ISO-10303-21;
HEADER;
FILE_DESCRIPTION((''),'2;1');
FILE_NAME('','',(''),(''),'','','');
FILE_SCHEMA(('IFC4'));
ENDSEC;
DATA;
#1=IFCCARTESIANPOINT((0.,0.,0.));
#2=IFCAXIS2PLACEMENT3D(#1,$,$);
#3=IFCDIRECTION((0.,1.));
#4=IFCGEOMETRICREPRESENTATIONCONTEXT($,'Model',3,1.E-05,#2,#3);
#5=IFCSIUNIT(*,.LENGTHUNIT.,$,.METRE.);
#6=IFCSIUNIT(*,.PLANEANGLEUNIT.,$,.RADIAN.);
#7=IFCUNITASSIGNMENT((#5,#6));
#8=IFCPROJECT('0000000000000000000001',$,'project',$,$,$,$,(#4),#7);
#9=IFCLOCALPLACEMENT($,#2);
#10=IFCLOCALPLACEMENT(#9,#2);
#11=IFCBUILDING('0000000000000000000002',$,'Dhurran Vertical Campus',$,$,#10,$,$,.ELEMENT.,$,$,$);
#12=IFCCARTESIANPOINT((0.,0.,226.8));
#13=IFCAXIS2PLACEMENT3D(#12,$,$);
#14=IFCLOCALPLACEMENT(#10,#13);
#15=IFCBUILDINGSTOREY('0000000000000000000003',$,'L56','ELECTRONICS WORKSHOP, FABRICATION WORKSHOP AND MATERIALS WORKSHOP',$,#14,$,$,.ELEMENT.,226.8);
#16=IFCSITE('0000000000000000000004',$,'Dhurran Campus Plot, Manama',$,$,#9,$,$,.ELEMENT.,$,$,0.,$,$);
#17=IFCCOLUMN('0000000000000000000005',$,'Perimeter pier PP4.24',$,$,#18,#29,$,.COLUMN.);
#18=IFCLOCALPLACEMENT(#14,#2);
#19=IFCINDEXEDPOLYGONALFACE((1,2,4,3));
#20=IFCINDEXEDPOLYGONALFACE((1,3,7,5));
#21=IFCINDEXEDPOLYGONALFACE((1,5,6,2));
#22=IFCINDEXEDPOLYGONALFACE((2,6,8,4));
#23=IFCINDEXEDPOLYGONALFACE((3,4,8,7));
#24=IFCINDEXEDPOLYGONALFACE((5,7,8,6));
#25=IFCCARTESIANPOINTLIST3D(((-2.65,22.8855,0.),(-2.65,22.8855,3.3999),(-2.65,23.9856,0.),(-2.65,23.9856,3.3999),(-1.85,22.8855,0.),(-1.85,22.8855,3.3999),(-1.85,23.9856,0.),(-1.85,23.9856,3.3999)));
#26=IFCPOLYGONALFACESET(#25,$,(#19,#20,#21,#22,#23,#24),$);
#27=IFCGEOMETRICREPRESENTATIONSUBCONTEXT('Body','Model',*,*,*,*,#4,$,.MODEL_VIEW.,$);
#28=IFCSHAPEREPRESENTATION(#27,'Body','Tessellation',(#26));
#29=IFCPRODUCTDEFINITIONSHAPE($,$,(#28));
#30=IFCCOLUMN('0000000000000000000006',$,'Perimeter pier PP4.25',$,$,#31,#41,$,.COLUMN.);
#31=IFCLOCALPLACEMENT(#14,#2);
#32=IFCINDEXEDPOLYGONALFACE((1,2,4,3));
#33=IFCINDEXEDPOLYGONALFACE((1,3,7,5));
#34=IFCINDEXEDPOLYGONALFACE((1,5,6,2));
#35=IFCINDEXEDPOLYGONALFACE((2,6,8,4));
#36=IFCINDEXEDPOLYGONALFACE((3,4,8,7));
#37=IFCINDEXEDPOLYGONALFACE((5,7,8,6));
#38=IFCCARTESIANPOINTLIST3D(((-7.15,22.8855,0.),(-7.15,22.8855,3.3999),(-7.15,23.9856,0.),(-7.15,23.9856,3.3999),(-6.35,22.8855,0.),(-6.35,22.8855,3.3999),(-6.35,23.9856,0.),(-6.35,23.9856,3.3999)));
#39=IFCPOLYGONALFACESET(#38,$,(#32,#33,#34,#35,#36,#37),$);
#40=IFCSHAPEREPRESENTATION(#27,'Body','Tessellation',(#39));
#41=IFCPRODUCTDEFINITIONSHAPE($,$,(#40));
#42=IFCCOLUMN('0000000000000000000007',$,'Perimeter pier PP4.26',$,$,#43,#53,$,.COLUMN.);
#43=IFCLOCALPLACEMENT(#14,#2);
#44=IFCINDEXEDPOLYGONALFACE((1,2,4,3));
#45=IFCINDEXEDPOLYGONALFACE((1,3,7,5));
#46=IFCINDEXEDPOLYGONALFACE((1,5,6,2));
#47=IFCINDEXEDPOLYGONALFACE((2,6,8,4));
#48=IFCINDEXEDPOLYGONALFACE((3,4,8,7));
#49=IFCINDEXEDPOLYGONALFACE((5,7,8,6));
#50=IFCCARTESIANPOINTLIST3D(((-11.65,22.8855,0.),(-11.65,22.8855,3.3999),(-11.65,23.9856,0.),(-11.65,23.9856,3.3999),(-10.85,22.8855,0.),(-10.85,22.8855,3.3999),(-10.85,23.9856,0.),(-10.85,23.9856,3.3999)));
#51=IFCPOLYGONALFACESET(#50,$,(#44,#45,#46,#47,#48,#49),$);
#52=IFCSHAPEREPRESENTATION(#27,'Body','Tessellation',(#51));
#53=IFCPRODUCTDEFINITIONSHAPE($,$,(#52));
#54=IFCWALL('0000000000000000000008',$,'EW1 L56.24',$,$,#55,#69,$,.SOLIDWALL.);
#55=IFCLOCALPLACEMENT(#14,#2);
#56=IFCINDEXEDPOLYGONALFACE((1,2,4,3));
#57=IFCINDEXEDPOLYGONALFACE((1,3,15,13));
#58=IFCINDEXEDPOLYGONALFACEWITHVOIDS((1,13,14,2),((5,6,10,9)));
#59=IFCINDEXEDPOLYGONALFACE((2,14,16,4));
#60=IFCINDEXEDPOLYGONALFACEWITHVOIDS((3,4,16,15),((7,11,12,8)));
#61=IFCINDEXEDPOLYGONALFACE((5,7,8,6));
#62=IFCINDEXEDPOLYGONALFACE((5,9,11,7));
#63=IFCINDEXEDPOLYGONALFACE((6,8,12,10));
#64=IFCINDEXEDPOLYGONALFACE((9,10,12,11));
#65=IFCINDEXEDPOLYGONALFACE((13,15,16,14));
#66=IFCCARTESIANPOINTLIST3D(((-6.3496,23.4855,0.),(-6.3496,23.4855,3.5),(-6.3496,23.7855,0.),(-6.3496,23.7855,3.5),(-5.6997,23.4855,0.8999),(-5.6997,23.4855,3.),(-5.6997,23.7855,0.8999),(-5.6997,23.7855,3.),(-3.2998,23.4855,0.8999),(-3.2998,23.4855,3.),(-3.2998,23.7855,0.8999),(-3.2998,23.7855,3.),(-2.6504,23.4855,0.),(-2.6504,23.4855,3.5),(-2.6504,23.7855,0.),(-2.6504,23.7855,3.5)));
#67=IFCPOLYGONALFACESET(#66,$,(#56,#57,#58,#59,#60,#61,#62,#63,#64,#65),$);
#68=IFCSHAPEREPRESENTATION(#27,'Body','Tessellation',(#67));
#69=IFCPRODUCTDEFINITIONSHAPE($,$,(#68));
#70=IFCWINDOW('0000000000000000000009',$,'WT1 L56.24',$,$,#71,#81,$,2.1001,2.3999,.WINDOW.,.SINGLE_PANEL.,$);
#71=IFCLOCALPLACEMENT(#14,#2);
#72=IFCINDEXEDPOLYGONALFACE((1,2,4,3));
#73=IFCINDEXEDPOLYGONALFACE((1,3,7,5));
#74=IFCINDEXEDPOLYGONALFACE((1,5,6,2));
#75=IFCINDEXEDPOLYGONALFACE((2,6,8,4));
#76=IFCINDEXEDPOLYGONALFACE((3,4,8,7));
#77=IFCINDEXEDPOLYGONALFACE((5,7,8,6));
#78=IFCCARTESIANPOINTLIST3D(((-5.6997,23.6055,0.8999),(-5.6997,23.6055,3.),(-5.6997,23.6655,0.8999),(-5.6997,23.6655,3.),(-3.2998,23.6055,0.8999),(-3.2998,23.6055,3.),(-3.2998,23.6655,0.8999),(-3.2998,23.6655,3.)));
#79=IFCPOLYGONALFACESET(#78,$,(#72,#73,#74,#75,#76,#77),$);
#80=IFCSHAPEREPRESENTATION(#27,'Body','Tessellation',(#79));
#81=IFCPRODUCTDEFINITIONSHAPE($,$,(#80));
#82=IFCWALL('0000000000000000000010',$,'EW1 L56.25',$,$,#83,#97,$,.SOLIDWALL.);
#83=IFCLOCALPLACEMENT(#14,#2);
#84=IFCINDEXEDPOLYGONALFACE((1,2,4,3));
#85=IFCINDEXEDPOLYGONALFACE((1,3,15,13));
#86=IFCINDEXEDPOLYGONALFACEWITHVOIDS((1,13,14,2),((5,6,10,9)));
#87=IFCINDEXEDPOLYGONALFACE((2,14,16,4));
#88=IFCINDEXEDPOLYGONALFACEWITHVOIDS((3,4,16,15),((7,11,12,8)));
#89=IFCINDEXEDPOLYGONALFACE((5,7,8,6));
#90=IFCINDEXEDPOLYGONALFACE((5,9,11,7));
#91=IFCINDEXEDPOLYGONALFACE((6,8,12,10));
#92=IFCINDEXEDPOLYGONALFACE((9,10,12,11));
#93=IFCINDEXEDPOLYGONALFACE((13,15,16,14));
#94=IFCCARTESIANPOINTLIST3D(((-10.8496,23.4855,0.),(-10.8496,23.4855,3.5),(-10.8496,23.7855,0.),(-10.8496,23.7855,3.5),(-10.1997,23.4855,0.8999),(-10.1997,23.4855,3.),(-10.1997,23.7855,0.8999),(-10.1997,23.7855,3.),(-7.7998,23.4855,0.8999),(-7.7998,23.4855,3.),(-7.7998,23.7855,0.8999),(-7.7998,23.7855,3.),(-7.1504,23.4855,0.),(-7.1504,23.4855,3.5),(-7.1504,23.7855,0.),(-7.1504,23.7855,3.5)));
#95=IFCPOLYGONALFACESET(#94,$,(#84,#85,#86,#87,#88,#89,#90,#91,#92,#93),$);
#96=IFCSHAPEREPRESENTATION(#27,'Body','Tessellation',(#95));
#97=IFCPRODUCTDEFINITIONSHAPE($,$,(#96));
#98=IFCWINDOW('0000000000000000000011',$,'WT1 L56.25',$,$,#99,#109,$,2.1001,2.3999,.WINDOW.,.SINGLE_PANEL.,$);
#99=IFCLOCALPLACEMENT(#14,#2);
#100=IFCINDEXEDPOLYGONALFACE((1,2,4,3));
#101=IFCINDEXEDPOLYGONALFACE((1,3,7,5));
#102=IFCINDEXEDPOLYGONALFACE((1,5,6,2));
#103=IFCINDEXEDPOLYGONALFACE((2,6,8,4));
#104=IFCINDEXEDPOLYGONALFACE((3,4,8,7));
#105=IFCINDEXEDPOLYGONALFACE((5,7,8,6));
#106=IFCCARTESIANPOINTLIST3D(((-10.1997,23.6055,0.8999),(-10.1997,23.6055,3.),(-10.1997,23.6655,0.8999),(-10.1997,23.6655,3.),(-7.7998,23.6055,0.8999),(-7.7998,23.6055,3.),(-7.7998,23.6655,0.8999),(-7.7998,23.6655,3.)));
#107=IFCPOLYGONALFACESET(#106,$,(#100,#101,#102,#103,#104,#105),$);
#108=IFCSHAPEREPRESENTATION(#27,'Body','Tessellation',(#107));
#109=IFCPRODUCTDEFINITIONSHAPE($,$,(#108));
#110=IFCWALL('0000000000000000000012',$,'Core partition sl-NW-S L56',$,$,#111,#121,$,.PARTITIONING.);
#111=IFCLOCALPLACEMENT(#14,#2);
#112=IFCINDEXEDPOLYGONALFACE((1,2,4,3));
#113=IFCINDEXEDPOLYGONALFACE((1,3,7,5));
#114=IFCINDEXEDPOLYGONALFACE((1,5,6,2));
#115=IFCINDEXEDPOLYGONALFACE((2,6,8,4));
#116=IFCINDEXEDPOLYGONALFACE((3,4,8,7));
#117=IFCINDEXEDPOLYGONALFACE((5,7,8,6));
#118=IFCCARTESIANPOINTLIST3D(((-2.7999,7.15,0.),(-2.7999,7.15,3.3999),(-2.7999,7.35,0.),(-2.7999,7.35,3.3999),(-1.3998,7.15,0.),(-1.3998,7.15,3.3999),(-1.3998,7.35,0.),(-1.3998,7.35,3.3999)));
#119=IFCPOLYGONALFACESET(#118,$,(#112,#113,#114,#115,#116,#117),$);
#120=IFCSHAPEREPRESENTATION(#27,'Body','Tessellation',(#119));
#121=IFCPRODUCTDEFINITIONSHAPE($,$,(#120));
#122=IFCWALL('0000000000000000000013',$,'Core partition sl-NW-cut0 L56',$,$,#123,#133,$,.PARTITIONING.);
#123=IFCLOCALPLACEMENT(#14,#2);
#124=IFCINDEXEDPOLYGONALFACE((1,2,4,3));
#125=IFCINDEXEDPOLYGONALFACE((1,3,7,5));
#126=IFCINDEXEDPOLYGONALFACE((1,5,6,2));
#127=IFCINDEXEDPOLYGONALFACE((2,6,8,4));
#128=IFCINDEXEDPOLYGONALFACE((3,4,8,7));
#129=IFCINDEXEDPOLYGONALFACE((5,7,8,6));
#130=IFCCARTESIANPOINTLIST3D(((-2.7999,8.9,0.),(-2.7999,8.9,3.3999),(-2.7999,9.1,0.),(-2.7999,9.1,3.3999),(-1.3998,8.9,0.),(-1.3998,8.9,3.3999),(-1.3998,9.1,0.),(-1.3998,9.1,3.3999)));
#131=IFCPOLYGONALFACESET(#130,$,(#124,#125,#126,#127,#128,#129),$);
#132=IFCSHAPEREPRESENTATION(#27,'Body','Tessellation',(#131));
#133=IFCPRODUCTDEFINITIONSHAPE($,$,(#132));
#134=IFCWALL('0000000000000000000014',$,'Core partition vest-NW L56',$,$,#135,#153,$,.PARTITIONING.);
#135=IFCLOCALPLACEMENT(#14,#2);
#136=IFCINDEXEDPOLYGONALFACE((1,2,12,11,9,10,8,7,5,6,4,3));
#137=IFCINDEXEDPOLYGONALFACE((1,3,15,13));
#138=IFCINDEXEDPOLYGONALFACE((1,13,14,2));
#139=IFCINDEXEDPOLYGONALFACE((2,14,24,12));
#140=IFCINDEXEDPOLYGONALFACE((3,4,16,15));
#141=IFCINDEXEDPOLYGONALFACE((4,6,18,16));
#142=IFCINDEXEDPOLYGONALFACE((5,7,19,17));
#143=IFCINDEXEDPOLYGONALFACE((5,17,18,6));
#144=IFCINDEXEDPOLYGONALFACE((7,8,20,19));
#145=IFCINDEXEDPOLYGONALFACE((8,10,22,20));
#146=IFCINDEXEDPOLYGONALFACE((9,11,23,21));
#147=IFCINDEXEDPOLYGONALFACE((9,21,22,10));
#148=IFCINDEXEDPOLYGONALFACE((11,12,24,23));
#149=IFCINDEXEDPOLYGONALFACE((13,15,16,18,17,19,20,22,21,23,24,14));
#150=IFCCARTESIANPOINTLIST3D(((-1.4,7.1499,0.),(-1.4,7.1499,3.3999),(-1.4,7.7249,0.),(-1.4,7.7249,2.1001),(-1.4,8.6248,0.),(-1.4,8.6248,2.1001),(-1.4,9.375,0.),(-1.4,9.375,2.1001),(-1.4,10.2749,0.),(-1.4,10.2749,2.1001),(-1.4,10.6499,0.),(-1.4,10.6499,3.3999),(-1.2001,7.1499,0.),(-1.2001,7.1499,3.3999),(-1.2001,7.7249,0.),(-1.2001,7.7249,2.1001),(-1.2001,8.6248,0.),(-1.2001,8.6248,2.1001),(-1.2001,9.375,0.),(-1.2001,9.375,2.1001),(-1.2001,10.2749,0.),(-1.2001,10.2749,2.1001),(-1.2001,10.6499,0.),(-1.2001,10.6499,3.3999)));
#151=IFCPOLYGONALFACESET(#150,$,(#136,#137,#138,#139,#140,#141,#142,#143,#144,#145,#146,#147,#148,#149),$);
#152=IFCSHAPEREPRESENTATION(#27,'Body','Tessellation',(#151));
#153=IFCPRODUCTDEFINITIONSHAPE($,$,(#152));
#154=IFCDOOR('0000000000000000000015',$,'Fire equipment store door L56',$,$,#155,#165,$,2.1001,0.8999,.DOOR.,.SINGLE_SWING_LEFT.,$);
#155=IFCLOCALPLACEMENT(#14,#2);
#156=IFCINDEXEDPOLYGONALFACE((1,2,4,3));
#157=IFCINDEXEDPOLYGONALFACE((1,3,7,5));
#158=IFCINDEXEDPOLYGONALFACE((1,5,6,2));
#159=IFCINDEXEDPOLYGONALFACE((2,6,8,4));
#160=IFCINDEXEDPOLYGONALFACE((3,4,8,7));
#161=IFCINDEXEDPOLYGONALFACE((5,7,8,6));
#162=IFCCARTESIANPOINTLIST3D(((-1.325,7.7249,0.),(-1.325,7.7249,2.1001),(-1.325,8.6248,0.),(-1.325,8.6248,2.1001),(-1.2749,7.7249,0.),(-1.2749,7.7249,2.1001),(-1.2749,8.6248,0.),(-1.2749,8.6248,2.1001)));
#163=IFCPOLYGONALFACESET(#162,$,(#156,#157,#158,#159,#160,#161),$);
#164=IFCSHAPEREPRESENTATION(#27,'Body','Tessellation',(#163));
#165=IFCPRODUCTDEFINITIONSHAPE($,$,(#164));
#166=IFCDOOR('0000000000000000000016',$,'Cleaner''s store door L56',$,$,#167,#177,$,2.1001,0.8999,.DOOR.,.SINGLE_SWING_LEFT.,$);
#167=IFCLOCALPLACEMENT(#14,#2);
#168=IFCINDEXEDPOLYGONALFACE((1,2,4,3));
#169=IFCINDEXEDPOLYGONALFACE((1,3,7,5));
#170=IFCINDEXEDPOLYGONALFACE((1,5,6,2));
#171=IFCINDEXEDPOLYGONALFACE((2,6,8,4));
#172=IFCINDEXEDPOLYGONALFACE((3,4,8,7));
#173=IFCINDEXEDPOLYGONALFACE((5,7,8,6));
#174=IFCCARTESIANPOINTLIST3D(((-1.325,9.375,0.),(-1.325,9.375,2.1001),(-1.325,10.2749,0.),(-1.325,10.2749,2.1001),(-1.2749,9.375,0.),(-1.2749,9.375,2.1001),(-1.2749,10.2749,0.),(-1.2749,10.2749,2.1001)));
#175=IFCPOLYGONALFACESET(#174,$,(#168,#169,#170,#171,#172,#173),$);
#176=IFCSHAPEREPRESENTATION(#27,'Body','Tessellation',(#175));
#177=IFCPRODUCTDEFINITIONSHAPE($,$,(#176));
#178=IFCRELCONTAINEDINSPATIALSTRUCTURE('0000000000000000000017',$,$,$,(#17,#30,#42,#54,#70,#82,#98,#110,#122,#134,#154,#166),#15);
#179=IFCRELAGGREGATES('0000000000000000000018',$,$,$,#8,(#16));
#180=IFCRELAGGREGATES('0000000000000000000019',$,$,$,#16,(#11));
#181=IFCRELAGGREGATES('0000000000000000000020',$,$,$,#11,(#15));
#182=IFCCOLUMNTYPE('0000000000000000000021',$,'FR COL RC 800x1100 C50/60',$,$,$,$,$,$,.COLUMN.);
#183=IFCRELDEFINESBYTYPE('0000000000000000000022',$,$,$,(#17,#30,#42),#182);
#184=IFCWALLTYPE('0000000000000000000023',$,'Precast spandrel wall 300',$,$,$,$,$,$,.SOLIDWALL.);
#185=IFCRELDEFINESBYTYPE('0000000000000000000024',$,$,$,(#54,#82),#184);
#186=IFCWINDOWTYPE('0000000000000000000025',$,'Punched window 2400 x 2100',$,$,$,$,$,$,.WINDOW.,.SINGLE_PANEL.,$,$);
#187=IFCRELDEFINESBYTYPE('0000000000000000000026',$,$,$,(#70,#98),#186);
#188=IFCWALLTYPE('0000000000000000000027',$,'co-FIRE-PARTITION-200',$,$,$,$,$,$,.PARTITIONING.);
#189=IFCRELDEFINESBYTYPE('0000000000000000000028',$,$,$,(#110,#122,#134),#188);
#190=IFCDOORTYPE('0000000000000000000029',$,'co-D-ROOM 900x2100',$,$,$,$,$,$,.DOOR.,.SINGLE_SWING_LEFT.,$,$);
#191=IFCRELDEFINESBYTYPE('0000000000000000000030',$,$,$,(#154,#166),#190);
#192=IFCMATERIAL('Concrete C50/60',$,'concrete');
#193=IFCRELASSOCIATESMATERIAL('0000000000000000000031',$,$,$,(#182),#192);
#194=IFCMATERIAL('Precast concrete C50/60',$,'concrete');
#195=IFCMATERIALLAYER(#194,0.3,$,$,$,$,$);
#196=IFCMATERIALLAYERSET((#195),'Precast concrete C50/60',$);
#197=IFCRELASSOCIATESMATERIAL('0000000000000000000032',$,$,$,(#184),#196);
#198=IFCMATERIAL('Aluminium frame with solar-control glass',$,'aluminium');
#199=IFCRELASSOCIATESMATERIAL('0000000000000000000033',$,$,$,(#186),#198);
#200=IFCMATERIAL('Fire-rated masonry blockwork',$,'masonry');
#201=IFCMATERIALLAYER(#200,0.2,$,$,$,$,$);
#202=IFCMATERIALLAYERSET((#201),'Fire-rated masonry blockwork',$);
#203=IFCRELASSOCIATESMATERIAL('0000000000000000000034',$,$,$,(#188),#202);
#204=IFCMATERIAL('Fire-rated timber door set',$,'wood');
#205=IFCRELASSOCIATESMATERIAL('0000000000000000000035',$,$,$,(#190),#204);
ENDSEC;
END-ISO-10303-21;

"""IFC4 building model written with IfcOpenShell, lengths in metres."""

from ifc_helpers import new_model, si_unit, direction, frame, frame_2d, origin, origin_2d, place, context, subcontext, project, spatial, rectangle, extrude, material, layer, layer_set, material_profile, profile_set, type_object, element, fill, save


model = new_model("IFC4")

# Units and contexts
model_context = context("Model", 3, precision=1e-05, world=origin(), true_north=direction((0.0, 1.0)))
body_context = subcontext(model_context, "Body", "Model", "MODEL_VIEW")
ifc_project = project(units=[si_unit("LENGTHUNIT", "METRE"), si_unit("PLANEANGLEUNIT", "RADIAN")], contexts=[model_context])

# Site, building, storey
site_placement = place(None, origin())
site = spatial("IfcSite", under=ifc_project, at=site_placement, Name="Dhurran Campus Plot, Manama", CompositionType="ELEMENT", RefElevation=0.0)
building_placement = place(site_placement, origin())
building = spatial("IfcBuilding", under=site, at=building_placement, Name="Dhurran Vertical Campus", CompositionType="ELEMENT")
storey_placement = place(building_placement, frame((0.0, 0.0, 226.8)))
storey = spatial("IfcBuildingStorey", under=building, at=storey_placement, Name="L56", Description="ELECTRONICS WORKSHOP, FABRICATION WORKSHOP AND MATERIALS WORKSHOP", CompositionType="ELEMENT", Elevation=226.8)

# Columns
ifc_material_1 = material(Name="Concrete C50/60", Category="concrete")
ifc_material_profile = material_profile(ifc_material_1, rectangle(XDim=0.8, YDim=1.1001, at=origin_2d()), Name="RC 800x1100")
ifc_profile_set = profile_set([ifc_material_profile], Name="Concrete C50/60")
column_type = type_object("IfcColumnType", Name="FR COL RC 800x1100 C50/60", PredefinedType="COLUMN", material=ifc_profile_set)
for number, where, z_axis, x_axis, name in (
    (1, (-2.25, 23.4355, 0.0), (0.0, 0.0, 1.0), (-1.0, 0.0, 0.0), "Perimeter pier PP4.24"),
    (2, (-6.75, 23.4355, 0.0), (0.0, 0.0, 1.0), (-1.0, 0.0, 0.0), "Perimeter pier PP4.25"),
    (3, (-11.25, 23.4355, 0.0), (0.0, 0.0, 1.0), (-1.0, 0.0, 0.0), "Perimeter pier PP4.26"),
):
    element("IfcColumn", number, at=place(storey_placement, frame(where, z_axis=z_axis, x_axis=x_axis)), inside=storey, type_object=column_type, Name=name, PredefinedType="COLUMN", context=body_context, shape_type="SweptSolid", body=[
        extrude(rectangle(XDim=0.8, YDim=1.1001, at=origin_2d()), origin(), (0.0, 0.0, 1.0), 3.3999),
    ])

# Walls, openings, windows
ifc_material_2 = material(Name="Precast concrete C50/60", Category="concrete")
ifc_layer_1 = layer(ifc_material_2, 0.3)
ifc_layer_set_1 = layer_set([ifc_layer_1], Name="Precast concrete C50/60")
wall_type_1 = type_object("IfcWallType", Name="Precast spandrel wall 300", PredefinedType="SOLIDWALL", material=ifc_layer_set_1)
wall_1_placement = place(storey_placement, frame((-2.6504, 23.6355, 0.0), z_axis=(0.0, 0.0, 1.0), x_axis=(-1.0, 0.0, 0.0)))
wall_1 = element("IfcWall", 4, at=wall_1_placement, inside=storey, type_object=wall_type_1, Name="EW1 L56.24", PredefinedType="SOLIDWALL", context=body_context, shape_type="SweptSolid", body=[
    extrude(rectangle(XDim=3.6992, YDim=0.3, at=frame_2d((1.8496, 0.0))), origin(), (0.0, 0.0, 1.0), 3.5),
])
opening_1_placement = place(wall_1_placement, frame((0.6494, 0.0, 0.8999)))
opening_1 = element("IfcOpeningElement", 5, at=opening_1_placement, cuts=wall_1, PredefinedType="OPENING", context=body_context, shape_type="SweptSolid", body=[
    extrude(rectangle(XDim=2.3999, YDim=2.1001, at=frame_2d((1.2, 1.05))), frame((0.0, 0.1599, 0.0), z_axis=(0.0, -1.0, 0.0), x_axis=(1.0, 0.0, 0.0)), (0.0, 0.0, 1.0), 0.3201),
])
ifc_material_3 = material(Name="Aluminium frame with solar-control glass", Category="aluminium")
window_type = type_object("IfcWindowType", Name="Punched window 2400 x 2100", PartitioningType="SINGLE_PANEL", PredefinedType="WINDOW", material=ifc_material_3)
window_1_placement = place(opening_1_placement, origin())
window_1 = element("IfcWindow", 6, at=window_1_placement, inside=storey, type_object=window_type, Name="WT1 L56.24", OverallHeight=2.1001, OverallWidth=2.3999, PartitioningType="SINGLE_PANEL", PredefinedType="WINDOW", context=body_context, shape_type="SweptSolid", body=[
    extrude(rectangle(XDim=2.3999, YDim=2.1001, at=frame_2d((1.2, 1.05))), frame((0.0, 0.03, 0.0), z_axis=(0.0, -1.0, 0.0), x_axis=(1.0, 0.0, 0.0)), (0.0, 0.0, 1.0), 0.0601),
])
fill(opening_1, window_1)
wall_2_placement = place(storey_placement, frame((-7.1504, 23.6355, 0.0), z_axis=(0.0, 0.0, 1.0), x_axis=(-1.0, 0.0, 0.0)))
wall_2 = element("IfcWall", 7, at=wall_2_placement, inside=storey, type_object=wall_type_1, Name="EW1 L56.25", PredefinedType="SOLIDWALL", context=body_context, shape_type="SweptSolid", body=[
    extrude(rectangle(XDim=3.6992, YDim=0.3, at=frame_2d((1.8496, 0.0))), origin(), (0.0, 0.0, 1.0), 3.5),
])
opening_2_placement = place(wall_2_placement, frame((0.6494, 0.0, 0.8999)))
opening_2 = element("IfcOpeningElement", 8, at=opening_2_placement, cuts=wall_2, PredefinedType="OPENING", context=body_context, shape_type="SweptSolid", body=[
    extrude(rectangle(XDim=2.3999, YDim=2.1001, at=frame_2d((1.2, 1.05))), frame((0.0, 0.1599, 0.0), z_axis=(0.0, -1.0, 0.0), x_axis=(1.0, 0.0, 0.0)), (0.0, 0.0, 1.0), 0.3201),
])
window_2_placement = place(opening_2_placement, origin())
window_2 = element("IfcWindow", 9, at=window_2_placement, inside=storey, type_object=window_type, Name="WT1 L56.25", OverallHeight=2.1001, OverallWidth=2.3999, PartitioningType="SINGLE_PANEL", PredefinedType="WINDOW", context=body_context, shape_type="SweptSolid", body=[
    extrude(rectangle(XDim=2.3999, YDim=2.1001, at=frame_2d((1.2, 1.05))), frame((0.0, 0.03, 0.0), z_axis=(0.0, -1.0, 0.0), x_axis=(1.0, 0.0, 0.0)), (0.0, 0.0, 1.0), 0.0601),
])
fill(opening_2, window_2)

# Walls
ifc_material_4 = material(Name="Fire-rated masonry blockwork", Category="masonry")
ifc_layer_2 = layer(ifc_material_4, 0.2)
ifc_layer_set_2 = layer_set([ifc_layer_2], Name="Fire-rated masonry blockwork")
wall_type_2 = type_object("IfcWallType", Name="co-FIRE-PARTITION-200", PredefinedType="PARTITIONING", material=ifc_layer_set_2)
for number, where, z_axis, x_axis, name in (
    (10, (-2.8, 7.25, 0.0), (0.0, 0.0, 1.0), (1.0, 0.0, 0.0), "Core partition sl-NW-S L56"),
    (11, (-2.8, 9.0, 0.0), (0.0, 0.0, 1.0), (1.0, 0.0, 0.0), "Core partition sl-NW-cut0 L56"),
):
    element("IfcWall", number, at=place(storey_placement, frame(where, z_axis=z_axis, x_axis=x_axis)), inside=storey, type_object=wall_type_2, Name=name, PredefinedType="PARTITIONING", context=body_context, shape_type="SweptSolid", body=[
        extrude(rectangle(XDim=1.4001, YDim=0.2, at=frame_2d((0.7002, 0.0))), origin(), (0.0, 0.0, 1.0), 3.3999),
    ])

# Wall, openings, doors
wall_3_placement = place(storey_placement, frame((-1.3, 7.1499, 0.0), z_axis=(0.0, 0.0, 1.0), x_axis=(0.0, 1.0, 0.0)))
wall_3 = element("IfcWall", 12, at=wall_3_placement, inside=storey, type_object=wall_type_2, Name="Core partition vest-NW L56", PredefinedType="PARTITIONING", context=body_context, shape_type="SweptSolid", body=[
    extrude(rectangle(XDim=3.5, YDim=0.2, at=frame_2d((1.75, 0.0))), origin(), (0.0, 0.0, 1.0), 3.3999),
])
opening_3_placement = place(wall_3_placement, frame((0.575, 0.0, 0.0)))
opening_3 = element("IfcOpeningElement", 13, at=opening_3_placement, cuts=wall_3, PredefinedType="OPENING", context=body_context, shape_type="SweptSolid", body=[
    extrude(rectangle(XDim=0.8999, YDim=2.1001, at=frame_2d((0.45, 1.05))), frame((0.0, 0.1099, 0.0), z_axis=(0.0, -1.0, 0.0), x_axis=(1.0, 0.0, 0.0)), (0.0, 0.0, 1.0), 0.22),
])
opening_4_placement = place(wall_3_placement, frame((2.2251, 0.0, 0.0)))
opening_4 = element("IfcOpeningElement", 14, at=opening_4_placement, cuts=wall_3, PredefinedType="OPENING", context=body_context, shape_type="SweptSolid", body=[
    extrude(rectangle(XDim=0.8999, YDim=2.1001, at=frame_2d((0.45, 1.05))), frame((0.0, 0.1099, 0.0), z_axis=(0.0, -1.0, 0.0), x_axis=(1.0, 0.0, 0.0)), (0.0, 0.0, 1.0), 0.22),
])
ifc_material_5 = material(Name="Fire-rated timber door set", Category="wood")
door_type_1 = type_object("IfcDoorType", Name="co-D-ROOM 900x2100", OperationType="SINGLE_SWING_LEFT", PredefinedType="DOOR", material=ifc_material_5)
door_1_placement = place(opening_3_placement, origin())
door_1 = element("IfcDoor", 15, at=door_1_placement, inside=storey, type_object=door_type_1, Name="Fire equipment store door L56", OperationType="SINGLE_SWING_LEFT", OverallHeight=2.1001, OverallWidth=0.8999, PredefinedType="DOOR", context=body_context, shape_type="SweptSolid", body=[
    extrude(rectangle(XDim=0.8999, YDim=2.1001, at=frame_2d((0.45, 1.05))), frame((0.0, 0.0249, 0.0), z_axis=(0.0, -1.0, 0.0), x_axis=(1.0, 0.0, 0.0)), (0.0, 0.0, 1.0), 0.05),
])
fill(opening_3, door_1)
door_2_placement = place(opening_4_placement, origin())
door_2 = element("IfcDoor", 16, at=door_2_placement, inside=storey, type_object=door_type_1, Name="Cleaner's store door L56", OperationType="SINGLE_SWING_LEFT", OverallHeight=2.1001, OverallWidth=0.8999, PredefinedType="DOOR", context=body_context, shape_type="SweptSolid", body=[
    extrude(rectangle(XDim=0.8999, YDim=2.1001, at=frame_2d((0.45, 1.05))), frame((0.0, 0.0249, 0.0), z_axis=(0.0, -1.0, 0.0), x_axis=(1.0, 0.0, 0.0)), (0.0, 0.0, 1.0), 0.05),
])
fill(opening_4, door_2)

save(model, "model.ifc")
